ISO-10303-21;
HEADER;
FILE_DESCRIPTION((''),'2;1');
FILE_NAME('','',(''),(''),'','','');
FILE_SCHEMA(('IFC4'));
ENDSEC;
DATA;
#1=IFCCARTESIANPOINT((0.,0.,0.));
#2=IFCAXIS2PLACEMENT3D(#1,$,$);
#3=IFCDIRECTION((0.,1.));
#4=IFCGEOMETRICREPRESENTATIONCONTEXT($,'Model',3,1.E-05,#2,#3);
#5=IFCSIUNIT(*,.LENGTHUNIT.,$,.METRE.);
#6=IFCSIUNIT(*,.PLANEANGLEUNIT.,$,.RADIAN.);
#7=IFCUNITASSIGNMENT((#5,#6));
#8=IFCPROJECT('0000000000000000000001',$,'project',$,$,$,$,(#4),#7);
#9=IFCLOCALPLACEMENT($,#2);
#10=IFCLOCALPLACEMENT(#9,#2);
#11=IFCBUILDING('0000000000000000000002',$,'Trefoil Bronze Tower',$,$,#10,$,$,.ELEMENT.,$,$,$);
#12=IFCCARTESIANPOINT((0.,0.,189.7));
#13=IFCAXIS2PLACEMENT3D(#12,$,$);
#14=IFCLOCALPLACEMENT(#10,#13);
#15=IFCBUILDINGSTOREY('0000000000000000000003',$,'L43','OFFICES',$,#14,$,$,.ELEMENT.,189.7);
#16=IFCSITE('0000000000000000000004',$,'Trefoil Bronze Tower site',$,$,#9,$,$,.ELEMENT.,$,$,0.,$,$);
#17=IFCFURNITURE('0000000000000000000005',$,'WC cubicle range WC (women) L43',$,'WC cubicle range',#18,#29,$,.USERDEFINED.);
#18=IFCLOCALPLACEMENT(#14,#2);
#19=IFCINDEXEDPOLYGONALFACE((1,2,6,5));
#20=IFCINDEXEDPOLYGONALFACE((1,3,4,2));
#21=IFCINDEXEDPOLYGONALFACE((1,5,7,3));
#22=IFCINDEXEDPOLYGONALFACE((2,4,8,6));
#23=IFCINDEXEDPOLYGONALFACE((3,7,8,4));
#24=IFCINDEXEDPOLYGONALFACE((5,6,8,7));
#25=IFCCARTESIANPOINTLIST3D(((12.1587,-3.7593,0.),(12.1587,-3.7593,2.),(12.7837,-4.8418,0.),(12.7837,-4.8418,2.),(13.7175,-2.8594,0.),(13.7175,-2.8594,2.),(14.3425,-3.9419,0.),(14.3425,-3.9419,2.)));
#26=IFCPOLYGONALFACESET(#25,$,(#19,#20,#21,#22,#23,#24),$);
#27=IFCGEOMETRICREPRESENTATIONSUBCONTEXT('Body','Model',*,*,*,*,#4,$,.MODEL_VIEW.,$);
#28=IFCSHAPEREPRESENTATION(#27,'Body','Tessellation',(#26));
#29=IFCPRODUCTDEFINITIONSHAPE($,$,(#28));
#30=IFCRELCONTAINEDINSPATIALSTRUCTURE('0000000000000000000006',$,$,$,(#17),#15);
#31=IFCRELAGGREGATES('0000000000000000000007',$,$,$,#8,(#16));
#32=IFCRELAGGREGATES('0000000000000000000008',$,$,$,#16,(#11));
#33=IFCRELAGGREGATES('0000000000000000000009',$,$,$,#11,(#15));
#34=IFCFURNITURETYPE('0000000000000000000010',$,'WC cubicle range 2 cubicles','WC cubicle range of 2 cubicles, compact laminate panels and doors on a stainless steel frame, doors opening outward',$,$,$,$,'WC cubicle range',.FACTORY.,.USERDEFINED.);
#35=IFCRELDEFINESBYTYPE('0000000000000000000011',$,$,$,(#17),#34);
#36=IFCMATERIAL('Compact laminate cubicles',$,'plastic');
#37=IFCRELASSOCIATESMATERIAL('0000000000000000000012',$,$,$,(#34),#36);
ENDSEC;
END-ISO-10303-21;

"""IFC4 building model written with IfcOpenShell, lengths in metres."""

from ifc_helpers import new_model, si_unit, direction, frame, origin, place, context, subcontext, project, spatial, polyline, outline, extrude, material, type_object, element, save


model = new_model("IFC4")

# Units and contexts
model_context = context("Model", 3, precision=1e-05, world=origin(), true_north=direction((0.0, 1.0)))
body_context = subcontext(model_context, "Body", "Model", "MODEL_VIEW")
ifc_project = project(units=[si_unit("LENGTHUNIT", "METRE"), si_unit("PLANEANGLEUNIT", "RADIAN")], contexts=[model_context])

# Site, building, storey
site_placement = place(None, origin())
site = spatial("IfcSite", under=ifc_project, at=site_placement, Name="Trefoil Bronze Tower site", CompositionType="ELEMENT", RefElevation=0.0)
building_placement = place(site_placement, origin())
building = spatial("IfcBuilding", under=site, at=building_placement, Name="Trefoil Bronze Tower", CompositionType="ELEMENT")
storey_placement = place(building_placement, frame((0.0, 0.0, 189.7)))
storey = spatial("IfcBuildingStorey", under=building, at=storey_placement, Name="L43", Description="OFFICES", CompositionType="ELEMENT", Elevation=189.7)

# Furniture
ifc_material_1 = material(Name="Compact laminate cubicles", Category="plastic")
furniture_type = type_object("IfcFurnitureType", Name="WC cubicle range 2 cubicles", Description="WC cubicle range of 2 cubicles, compact laminate panels and doors on a stainless steel frame, doors opening outward", ElementType="WC cubicle range", AssemblyPlace="FACTORY", PredefinedType="USERDEFINED", material=ifc_material_1)
furniture_1_placement = place(storey_placement, origin())
element("IfcFurniture", 1, at=furniture_1_placement, inside=storey, type_object=furniture_type, Name="WC cubicle range WC (women) L43", ObjectType="WC cubicle range", PredefinedType="USERDEFINED", context=body_context, shape_type="SweptSolid", body=[
    extrude(outline(polyline([(12.1587, -3.7593), (12.7837, -4.8418), (14.3425, -3.9419), (13.7175, -2.8594), (12.1587, -3.7593)])), origin(), (0.0, 0.0, 1.0), 2.0),
])

save(model, "model.ifc")
